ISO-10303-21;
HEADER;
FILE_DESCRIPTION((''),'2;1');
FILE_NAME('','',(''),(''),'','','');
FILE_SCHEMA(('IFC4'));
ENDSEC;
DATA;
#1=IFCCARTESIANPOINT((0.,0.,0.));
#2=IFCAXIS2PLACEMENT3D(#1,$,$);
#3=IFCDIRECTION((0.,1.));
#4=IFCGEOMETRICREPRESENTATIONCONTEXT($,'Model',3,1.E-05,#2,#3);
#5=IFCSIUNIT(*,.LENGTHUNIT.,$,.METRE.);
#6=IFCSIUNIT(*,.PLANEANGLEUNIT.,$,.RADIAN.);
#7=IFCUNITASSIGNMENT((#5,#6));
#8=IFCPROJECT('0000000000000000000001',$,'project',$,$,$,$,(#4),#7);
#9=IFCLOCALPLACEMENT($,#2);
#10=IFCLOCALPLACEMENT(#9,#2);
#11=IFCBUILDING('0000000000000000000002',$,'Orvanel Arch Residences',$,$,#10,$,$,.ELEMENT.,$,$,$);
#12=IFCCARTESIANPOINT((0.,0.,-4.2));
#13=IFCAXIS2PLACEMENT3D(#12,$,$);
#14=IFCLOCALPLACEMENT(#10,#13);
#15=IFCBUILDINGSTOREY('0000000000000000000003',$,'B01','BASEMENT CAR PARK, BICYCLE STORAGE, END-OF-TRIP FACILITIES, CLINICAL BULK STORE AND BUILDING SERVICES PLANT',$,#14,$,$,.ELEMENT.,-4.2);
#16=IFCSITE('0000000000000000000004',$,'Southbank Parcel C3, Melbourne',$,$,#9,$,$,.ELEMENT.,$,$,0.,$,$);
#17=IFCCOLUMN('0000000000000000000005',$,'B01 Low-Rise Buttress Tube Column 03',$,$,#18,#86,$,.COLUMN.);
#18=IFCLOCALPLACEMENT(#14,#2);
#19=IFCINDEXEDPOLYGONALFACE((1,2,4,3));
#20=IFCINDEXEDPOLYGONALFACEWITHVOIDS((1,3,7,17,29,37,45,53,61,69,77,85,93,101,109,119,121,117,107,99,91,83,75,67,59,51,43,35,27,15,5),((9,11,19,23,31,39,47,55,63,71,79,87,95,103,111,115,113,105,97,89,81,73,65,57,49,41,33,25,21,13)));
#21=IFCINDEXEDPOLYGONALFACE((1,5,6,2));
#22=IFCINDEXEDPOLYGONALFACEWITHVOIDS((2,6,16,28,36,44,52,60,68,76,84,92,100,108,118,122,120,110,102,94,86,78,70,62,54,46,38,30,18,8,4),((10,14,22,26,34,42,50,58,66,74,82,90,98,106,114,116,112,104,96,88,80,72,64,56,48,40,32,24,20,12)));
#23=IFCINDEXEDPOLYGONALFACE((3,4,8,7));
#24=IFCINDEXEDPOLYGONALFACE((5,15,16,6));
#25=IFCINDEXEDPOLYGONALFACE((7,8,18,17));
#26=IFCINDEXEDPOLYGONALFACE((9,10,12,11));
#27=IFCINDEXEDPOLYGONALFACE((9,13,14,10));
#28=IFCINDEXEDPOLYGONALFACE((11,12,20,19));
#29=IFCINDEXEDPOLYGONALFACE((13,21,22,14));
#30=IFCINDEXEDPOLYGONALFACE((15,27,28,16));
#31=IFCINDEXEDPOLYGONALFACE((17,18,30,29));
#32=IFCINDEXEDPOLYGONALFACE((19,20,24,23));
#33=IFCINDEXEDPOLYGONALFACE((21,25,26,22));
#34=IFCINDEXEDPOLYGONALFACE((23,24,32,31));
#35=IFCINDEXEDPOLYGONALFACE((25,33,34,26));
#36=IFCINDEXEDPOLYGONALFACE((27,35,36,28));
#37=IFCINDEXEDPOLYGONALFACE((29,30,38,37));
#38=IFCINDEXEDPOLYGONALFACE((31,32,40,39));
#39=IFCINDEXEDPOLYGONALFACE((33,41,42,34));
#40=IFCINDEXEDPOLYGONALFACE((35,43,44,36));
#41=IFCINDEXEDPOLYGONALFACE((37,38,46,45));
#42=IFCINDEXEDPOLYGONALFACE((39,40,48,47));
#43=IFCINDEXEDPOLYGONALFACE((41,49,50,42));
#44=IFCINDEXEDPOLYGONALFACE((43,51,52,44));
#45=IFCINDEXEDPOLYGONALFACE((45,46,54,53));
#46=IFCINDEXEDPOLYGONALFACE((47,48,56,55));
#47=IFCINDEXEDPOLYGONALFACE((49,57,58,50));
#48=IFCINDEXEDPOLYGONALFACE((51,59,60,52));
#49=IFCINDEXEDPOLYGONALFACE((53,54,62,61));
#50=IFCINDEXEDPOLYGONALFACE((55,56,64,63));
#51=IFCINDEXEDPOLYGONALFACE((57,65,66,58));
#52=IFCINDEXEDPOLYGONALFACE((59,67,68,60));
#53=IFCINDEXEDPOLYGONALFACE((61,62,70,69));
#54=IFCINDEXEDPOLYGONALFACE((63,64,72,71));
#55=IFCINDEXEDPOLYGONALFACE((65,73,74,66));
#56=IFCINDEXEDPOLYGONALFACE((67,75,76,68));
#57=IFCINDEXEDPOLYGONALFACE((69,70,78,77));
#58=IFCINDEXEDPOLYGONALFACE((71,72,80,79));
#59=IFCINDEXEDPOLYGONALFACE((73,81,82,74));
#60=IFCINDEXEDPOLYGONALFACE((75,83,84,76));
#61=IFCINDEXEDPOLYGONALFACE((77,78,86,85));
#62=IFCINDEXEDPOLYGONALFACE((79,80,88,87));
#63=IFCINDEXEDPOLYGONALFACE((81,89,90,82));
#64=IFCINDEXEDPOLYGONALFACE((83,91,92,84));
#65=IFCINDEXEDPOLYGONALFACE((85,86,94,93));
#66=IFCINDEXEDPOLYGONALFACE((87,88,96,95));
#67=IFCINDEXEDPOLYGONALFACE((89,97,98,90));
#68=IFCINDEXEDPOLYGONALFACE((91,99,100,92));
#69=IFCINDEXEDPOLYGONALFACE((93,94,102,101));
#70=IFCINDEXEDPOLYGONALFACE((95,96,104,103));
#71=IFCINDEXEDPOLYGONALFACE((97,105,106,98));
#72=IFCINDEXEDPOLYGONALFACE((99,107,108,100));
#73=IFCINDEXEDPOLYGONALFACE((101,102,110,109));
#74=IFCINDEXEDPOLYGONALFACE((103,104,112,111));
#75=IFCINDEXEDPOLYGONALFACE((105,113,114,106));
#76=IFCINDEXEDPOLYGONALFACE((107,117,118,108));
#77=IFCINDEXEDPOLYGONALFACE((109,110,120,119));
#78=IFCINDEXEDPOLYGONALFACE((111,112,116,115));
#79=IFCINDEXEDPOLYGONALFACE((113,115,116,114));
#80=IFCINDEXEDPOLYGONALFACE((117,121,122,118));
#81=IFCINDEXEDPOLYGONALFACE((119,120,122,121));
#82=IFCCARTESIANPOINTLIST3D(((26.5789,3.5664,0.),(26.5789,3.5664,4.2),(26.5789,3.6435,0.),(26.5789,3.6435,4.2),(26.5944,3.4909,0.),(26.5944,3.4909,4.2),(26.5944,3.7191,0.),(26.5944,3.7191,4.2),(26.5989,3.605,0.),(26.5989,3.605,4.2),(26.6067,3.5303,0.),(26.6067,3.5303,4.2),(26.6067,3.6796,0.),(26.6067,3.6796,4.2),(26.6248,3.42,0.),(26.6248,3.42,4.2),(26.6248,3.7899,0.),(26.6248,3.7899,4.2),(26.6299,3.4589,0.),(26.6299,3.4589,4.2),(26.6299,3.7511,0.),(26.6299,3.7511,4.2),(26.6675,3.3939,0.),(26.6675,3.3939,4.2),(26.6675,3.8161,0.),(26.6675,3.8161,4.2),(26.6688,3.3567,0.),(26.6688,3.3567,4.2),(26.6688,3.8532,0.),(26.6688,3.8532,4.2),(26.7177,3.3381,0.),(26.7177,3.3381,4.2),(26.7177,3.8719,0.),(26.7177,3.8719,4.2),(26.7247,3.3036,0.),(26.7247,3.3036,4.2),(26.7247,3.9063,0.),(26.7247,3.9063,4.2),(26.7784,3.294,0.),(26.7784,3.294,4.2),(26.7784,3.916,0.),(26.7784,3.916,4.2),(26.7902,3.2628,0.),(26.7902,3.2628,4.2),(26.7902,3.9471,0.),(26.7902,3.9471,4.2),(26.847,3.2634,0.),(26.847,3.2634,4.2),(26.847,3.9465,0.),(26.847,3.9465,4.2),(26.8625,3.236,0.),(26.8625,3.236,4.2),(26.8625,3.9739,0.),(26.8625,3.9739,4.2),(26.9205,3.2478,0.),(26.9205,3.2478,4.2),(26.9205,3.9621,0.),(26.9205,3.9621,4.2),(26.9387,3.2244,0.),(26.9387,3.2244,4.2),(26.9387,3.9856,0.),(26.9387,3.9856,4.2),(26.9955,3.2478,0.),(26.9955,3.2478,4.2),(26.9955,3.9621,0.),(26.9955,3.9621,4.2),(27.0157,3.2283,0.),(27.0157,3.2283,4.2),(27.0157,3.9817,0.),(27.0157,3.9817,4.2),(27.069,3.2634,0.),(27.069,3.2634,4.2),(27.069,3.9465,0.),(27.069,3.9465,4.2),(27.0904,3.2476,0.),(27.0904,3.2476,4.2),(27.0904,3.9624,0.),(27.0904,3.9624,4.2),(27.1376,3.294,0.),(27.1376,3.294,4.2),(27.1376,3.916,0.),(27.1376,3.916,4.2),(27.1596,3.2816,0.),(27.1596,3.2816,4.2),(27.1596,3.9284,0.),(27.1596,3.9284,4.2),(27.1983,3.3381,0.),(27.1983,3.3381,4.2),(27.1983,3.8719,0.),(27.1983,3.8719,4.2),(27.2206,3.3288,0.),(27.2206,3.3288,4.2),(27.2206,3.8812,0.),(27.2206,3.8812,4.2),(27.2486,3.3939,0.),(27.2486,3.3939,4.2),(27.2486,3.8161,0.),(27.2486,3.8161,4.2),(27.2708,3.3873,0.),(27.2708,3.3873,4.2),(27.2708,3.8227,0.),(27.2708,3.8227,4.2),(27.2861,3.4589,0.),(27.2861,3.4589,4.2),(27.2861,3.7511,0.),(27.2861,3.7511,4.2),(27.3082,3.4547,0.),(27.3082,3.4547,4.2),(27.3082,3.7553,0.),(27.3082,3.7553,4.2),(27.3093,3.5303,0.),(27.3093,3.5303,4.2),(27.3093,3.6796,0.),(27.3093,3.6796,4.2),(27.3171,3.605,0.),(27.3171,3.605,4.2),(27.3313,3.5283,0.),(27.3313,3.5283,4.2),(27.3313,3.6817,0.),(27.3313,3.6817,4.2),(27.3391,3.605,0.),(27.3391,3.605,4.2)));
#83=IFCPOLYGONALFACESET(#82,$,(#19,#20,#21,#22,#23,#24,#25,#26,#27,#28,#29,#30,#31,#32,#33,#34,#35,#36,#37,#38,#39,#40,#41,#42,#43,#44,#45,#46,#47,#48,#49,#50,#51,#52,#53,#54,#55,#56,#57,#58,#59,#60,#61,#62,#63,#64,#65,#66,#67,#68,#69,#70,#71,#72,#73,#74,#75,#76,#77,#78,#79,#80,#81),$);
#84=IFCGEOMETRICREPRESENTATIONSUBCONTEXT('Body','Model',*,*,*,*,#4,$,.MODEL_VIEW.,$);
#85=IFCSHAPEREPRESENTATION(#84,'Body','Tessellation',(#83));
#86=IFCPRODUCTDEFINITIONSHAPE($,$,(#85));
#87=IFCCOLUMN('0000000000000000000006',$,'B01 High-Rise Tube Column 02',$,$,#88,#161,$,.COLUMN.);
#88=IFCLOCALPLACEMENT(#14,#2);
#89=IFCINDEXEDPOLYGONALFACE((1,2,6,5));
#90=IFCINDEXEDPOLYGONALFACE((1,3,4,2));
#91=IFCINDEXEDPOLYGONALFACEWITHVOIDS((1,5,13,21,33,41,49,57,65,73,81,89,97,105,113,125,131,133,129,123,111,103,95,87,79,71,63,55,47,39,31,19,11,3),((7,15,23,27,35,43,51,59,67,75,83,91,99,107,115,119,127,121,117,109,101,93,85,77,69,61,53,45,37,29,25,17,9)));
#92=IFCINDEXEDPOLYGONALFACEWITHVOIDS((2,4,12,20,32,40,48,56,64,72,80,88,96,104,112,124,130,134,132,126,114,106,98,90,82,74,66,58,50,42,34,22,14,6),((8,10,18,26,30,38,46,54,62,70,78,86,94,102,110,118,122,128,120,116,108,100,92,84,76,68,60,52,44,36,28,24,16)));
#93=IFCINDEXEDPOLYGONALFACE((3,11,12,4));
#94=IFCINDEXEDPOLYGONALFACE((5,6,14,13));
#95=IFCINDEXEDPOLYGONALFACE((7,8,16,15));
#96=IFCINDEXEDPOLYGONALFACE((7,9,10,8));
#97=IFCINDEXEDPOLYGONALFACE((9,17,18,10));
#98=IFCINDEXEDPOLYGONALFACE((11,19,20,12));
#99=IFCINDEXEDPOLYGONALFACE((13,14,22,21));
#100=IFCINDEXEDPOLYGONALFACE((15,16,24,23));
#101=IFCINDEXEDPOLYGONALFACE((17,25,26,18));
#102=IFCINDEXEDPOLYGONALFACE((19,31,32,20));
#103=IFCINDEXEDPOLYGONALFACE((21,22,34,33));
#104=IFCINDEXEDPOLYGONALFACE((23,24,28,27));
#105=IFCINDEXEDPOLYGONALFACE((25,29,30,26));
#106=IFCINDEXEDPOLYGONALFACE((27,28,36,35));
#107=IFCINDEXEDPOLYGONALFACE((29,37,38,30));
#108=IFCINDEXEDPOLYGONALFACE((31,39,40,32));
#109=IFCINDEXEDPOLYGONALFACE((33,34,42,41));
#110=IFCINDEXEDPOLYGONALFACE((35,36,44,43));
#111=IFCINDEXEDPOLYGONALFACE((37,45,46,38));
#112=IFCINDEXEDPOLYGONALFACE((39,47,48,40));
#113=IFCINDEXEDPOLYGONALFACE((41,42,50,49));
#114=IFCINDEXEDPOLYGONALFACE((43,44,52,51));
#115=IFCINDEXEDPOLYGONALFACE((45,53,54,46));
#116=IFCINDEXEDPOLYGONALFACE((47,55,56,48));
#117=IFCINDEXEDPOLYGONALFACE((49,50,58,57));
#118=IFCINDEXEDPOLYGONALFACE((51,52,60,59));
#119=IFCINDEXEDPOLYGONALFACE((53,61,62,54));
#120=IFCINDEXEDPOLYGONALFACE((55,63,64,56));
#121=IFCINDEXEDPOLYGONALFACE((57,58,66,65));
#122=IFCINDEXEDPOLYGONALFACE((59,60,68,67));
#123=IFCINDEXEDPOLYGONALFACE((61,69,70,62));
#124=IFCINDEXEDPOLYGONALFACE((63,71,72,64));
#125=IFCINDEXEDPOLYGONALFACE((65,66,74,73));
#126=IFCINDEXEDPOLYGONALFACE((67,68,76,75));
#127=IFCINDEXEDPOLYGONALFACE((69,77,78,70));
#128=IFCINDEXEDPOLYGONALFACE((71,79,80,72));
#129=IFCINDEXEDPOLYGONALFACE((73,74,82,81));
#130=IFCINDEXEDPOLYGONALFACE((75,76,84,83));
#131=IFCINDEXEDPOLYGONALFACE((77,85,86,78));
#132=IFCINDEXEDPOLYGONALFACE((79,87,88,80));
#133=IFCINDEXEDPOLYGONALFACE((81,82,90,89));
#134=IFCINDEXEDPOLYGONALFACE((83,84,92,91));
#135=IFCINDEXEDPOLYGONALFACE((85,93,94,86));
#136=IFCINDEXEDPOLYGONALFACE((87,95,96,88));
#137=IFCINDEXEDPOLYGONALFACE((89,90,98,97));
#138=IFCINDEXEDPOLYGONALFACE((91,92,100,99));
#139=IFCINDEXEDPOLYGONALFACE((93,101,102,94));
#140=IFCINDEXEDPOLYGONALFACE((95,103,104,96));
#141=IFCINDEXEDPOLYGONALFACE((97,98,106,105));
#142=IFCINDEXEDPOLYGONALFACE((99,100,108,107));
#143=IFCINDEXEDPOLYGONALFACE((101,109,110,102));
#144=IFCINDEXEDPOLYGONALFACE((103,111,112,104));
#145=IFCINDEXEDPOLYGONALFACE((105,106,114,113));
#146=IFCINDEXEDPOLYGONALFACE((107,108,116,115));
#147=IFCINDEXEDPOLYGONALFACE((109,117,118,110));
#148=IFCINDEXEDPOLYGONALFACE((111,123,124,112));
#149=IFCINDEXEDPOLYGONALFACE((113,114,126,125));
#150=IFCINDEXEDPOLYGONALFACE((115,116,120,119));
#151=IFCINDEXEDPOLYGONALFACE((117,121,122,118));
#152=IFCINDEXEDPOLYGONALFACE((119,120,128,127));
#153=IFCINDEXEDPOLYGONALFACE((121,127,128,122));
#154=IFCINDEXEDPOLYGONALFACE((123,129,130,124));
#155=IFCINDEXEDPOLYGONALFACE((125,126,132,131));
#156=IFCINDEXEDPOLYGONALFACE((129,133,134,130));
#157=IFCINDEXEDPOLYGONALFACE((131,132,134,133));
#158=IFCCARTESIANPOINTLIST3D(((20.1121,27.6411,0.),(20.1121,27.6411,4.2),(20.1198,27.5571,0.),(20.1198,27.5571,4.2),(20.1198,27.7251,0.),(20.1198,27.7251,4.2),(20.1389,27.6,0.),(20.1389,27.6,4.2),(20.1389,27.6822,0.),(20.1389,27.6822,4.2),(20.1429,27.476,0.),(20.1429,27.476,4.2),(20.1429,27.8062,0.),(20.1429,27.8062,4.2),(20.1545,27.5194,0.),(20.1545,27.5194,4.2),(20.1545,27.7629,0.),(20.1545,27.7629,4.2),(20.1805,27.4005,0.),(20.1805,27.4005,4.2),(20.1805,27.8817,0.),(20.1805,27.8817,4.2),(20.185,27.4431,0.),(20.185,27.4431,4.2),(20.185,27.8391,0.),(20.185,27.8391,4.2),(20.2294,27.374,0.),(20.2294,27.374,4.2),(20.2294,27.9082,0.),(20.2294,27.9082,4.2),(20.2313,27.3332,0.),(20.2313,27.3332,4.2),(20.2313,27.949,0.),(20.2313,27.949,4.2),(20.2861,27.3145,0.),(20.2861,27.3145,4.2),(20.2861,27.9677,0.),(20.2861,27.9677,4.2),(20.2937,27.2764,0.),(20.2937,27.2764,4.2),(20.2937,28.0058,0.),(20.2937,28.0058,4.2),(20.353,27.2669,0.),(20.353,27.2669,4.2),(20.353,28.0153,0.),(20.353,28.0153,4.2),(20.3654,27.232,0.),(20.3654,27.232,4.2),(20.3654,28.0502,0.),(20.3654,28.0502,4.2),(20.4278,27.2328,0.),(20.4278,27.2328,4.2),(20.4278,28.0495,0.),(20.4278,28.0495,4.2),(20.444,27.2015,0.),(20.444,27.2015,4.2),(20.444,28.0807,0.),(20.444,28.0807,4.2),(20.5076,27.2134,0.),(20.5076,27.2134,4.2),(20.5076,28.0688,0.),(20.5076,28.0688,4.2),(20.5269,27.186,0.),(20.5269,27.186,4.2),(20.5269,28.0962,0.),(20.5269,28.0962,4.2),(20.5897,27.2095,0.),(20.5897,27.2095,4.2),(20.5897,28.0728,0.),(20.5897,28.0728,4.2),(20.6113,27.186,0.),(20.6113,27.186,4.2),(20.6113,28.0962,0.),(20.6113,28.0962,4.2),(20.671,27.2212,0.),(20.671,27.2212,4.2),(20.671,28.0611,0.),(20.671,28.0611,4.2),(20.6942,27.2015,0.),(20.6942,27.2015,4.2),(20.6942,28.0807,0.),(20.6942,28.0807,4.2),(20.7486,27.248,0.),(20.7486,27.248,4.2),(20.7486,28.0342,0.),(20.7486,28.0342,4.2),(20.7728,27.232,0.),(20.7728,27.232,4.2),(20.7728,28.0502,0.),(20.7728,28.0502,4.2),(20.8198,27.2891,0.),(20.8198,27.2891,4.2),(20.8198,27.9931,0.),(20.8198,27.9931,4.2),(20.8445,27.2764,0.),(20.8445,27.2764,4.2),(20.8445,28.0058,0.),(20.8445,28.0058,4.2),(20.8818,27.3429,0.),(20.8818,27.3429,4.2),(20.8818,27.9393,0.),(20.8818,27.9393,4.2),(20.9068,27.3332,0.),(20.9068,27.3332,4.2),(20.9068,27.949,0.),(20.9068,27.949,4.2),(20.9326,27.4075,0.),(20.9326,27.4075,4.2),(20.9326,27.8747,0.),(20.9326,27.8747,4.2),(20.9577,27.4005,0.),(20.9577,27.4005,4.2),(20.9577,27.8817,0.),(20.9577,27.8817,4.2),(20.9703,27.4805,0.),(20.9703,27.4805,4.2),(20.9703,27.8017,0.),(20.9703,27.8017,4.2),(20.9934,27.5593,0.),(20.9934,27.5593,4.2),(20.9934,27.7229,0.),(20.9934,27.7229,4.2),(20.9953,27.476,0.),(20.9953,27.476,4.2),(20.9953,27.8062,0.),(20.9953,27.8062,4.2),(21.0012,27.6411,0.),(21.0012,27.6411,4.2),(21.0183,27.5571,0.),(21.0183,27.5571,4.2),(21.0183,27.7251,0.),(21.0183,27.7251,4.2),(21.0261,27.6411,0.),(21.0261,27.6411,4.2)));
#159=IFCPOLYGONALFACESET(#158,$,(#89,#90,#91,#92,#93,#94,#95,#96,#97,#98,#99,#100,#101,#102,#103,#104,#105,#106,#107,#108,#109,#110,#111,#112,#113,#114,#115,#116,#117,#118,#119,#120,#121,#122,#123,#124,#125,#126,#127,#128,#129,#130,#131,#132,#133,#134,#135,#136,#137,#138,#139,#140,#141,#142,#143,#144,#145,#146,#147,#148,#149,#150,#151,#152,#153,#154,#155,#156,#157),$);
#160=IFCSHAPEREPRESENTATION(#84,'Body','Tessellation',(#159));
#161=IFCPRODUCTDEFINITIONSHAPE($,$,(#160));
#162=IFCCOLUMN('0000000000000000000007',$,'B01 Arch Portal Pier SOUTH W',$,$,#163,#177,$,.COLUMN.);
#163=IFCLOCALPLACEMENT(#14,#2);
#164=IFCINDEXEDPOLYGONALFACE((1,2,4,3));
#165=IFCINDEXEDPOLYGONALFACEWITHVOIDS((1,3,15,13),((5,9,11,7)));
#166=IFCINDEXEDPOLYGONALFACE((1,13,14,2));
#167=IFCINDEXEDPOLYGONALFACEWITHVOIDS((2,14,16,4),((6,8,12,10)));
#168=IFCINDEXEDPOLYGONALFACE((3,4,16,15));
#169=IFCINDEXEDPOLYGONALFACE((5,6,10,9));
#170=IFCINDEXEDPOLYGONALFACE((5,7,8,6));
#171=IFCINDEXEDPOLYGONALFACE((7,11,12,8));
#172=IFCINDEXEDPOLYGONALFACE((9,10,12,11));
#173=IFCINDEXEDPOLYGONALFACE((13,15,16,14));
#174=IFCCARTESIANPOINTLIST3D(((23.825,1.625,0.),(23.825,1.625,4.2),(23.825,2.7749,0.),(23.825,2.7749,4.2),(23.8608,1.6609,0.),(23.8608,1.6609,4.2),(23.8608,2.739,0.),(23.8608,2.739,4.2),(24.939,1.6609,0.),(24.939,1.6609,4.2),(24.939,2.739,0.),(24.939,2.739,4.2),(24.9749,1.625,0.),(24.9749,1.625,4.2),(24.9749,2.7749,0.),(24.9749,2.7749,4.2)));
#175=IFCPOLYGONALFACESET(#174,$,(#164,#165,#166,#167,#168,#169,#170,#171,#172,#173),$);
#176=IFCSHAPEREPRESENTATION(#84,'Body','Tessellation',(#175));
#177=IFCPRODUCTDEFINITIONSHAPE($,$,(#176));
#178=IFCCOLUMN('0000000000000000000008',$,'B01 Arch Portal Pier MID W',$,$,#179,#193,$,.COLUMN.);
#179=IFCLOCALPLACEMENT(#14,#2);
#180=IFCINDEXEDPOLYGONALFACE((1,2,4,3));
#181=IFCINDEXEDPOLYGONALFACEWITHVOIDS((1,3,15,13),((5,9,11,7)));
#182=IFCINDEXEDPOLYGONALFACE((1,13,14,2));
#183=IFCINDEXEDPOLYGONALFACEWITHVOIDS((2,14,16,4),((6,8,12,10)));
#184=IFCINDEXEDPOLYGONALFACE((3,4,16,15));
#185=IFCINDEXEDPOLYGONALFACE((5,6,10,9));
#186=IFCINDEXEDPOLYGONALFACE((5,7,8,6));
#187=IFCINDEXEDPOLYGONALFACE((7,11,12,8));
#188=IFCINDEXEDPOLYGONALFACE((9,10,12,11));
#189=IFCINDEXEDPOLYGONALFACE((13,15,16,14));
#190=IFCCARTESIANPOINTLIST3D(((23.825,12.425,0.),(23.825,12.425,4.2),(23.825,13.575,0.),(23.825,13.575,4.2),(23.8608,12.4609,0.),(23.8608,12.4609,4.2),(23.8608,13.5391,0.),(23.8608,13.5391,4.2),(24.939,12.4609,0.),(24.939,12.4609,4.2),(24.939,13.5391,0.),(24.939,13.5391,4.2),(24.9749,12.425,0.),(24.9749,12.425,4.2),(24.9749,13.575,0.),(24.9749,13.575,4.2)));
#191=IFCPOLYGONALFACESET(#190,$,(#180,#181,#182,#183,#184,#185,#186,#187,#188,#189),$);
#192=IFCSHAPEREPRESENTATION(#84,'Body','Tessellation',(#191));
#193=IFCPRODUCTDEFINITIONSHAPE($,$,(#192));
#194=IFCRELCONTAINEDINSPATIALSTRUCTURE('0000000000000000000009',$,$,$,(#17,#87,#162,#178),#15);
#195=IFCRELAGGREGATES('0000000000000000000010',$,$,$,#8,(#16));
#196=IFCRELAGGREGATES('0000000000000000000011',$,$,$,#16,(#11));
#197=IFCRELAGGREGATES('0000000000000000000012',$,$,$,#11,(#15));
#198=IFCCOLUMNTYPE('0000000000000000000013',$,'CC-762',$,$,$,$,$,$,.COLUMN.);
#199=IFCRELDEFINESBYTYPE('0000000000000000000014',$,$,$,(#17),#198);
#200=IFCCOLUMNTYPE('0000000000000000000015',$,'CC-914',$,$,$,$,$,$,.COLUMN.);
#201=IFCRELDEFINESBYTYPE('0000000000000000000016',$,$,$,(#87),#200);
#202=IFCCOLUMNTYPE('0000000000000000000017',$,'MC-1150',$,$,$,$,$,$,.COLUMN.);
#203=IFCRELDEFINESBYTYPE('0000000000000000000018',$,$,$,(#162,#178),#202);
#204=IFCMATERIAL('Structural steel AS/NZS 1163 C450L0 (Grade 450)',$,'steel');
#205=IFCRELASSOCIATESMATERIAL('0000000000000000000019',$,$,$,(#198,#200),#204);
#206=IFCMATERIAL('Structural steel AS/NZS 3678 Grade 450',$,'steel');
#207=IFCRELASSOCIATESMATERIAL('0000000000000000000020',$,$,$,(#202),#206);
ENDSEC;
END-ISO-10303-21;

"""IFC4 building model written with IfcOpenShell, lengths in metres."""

from ifc_helpers import new_model, si_unit, direction, frame, origin, origin_2d, place, context, subcontext, project, spatial, hollow_rectangle, hollow_circle, extrude, material, material_profile, profile_set, type_object, element, save


model = new_model("IFC4")

# Units and contexts
model_context = context("Model", 3, precision=1e-05, world=origin(), true_north=direction((0.0, 1.0)))
body_context = subcontext(model_context, "Body", "Model", "MODEL_VIEW")
ifc_project = project(units=[si_unit("LENGTHUNIT", "METRE"), si_unit("PLANEANGLEUNIT", "RADIAN")], contexts=[model_context])

# Site, building, storey
site_placement = place(None, origin())
site = spatial("IfcSite", under=ifc_project, at=site_placement, Name="Southbank Parcel C3, Melbourne", CompositionType="ELEMENT", RefElevation=0.0)
building_placement = place(site_placement, origin())
building = spatial("IfcBuilding", under=site, at=building_placement, Name="Orvanel Arch Residences", CompositionType="ELEMENT")
storey_placement = place(building_placement, frame((0.0, 0.0, -4.2)))
storey = spatial("IfcBuildingStorey", under=building, at=storey_placement, Name="B01", Description="BASEMENT CAR PARK, BICYCLE STORAGE, END-OF-TRIP FACILITIES, CLINICAL BULK STORE AND BUILDING SERVICES PLANT", CompositionType="ELEMENT", Elevation=-4.2)

# Columns
ifc_material_1 = material(Name="Structural steel AS/NZS 1163 C450L0 (Grade 450)", Category="steel")
ifc_material_profile_1 = material_profile(ifc_material_1, hollow_circle(Radius=0.3811, WallThickness=0.022, at=origin_2d()), Name="CHS762x22")
ifc_profile_set_1 = profile_set([ifc_material_profile_1], Name="Structural steel AS/NZS 1163 C450L0 (Grade 450)")
column_type_1 = type_object("IfcColumnType", Name="CC-762", PredefinedType="COLUMN", material=ifc_profile_set_1)
column_1_placement = place(storey_placement, frame((26.958, 3.605, 0.0), z_axis=(0.0, 0.0, 1.0), x_axis=(1.0, 0.0, 0.0)))
element("IfcColumn", 1, at=column_1_placement, inside=storey, type_object=column_type_1, Name="B01 Low-Rise Buttress Tube Column 03", PredefinedType="COLUMN", context=body_context, shape_type="SweptSolid", body=[
    extrude(hollow_circle(Radius=0.3811, WallThickness=0.022, at=origin_2d()), origin(), (0.0, 0.0, 1.0), 4.2),
])
ifc_material_profile_2 = material_profile(ifc_material_1, hollow_circle(Radius=0.457, WallThickness=0.0249, at=origin_2d()), Name="CHS914x25")
ifc_profile_set_2 = profile_set([ifc_material_profile_2], Name="Structural steel AS/NZS 1163 C450L0 (Grade 450)")
column_type_2 = type_object("IfcColumnType", Name="CC-914", PredefinedType="COLUMN", material=ifc_profile_set_2)
column_2_placement = place(storey_placement, frame((20.5691, 27.6411, 0.0), z_axis=(0.0, 0.0, 1.0), x_axis=(1.0, 0.0, 0.0)))
element("IfcColumn", 2, at=column_2_placement, inside=storey, type_object=column_type_2, Name="B01 High-Rise Tube Column 02", PredefinedType="COLUMN", context=body_context, shape_type="SweptSolid", body=[
    extrude(hollow_circle(Radius=0.457, WallThickness=0.0249, at=origin_2d()), origin(), (0.0, 0.0, 1.0), 4.2),
])
ifc_material_2 = material(Name="Structural steel AS/NZS 3678 Grade 450", Category="steel")
ifc_material_profile_3 = material_profile(ifc_material_2, hollow_rectangle(XDim=1.1499, YDim=1.1499, WallThickness=0.0359, at=origin_2d()), Name="BOX1150x1150x36")
ifc_profile_set_3 = profile_set([ifc_material_profile_3], Name="Structural steel AS/NZS 3678 Grade 450")
column_type_3 = type_object("IfcColumnType", Name="MC-1150", PredefinedType="COLUMN", material=ifc_profile_set_3)
for number, where, z_axis, x_axis, name in (
    (3, (24.3999, 2.2, 0.0), (0.0, 0.0, 1.0), (1.0, 0.0, 0.0), "B01 Arch Portal Pier SOUTH W"),
    (4, (24.3999, 13.0, 0.0), (0.0, 0.0, 1.0), (1.0, 0.0, 0.0), "B01 Arch Portal Pier MID W"),
):
    element("IfcColumn", number, at=place(storey_placement, frame(where, z_axis=z_axis, x_axis=x_axis)), inside=storey, type_object=column_type_3, Name=name, PredefinedType="COLUMN", context=body_context, shape_type="SweptSolid", body=[
        extrude(hollow_rectangle(XDim=1.1499, YDim=1.1499, WallThickness=0.0359, at=origin_2d()), origin(), (0.0, 0.0, 1.0), 4.2),
    ])

save(model, "model.ifc")
